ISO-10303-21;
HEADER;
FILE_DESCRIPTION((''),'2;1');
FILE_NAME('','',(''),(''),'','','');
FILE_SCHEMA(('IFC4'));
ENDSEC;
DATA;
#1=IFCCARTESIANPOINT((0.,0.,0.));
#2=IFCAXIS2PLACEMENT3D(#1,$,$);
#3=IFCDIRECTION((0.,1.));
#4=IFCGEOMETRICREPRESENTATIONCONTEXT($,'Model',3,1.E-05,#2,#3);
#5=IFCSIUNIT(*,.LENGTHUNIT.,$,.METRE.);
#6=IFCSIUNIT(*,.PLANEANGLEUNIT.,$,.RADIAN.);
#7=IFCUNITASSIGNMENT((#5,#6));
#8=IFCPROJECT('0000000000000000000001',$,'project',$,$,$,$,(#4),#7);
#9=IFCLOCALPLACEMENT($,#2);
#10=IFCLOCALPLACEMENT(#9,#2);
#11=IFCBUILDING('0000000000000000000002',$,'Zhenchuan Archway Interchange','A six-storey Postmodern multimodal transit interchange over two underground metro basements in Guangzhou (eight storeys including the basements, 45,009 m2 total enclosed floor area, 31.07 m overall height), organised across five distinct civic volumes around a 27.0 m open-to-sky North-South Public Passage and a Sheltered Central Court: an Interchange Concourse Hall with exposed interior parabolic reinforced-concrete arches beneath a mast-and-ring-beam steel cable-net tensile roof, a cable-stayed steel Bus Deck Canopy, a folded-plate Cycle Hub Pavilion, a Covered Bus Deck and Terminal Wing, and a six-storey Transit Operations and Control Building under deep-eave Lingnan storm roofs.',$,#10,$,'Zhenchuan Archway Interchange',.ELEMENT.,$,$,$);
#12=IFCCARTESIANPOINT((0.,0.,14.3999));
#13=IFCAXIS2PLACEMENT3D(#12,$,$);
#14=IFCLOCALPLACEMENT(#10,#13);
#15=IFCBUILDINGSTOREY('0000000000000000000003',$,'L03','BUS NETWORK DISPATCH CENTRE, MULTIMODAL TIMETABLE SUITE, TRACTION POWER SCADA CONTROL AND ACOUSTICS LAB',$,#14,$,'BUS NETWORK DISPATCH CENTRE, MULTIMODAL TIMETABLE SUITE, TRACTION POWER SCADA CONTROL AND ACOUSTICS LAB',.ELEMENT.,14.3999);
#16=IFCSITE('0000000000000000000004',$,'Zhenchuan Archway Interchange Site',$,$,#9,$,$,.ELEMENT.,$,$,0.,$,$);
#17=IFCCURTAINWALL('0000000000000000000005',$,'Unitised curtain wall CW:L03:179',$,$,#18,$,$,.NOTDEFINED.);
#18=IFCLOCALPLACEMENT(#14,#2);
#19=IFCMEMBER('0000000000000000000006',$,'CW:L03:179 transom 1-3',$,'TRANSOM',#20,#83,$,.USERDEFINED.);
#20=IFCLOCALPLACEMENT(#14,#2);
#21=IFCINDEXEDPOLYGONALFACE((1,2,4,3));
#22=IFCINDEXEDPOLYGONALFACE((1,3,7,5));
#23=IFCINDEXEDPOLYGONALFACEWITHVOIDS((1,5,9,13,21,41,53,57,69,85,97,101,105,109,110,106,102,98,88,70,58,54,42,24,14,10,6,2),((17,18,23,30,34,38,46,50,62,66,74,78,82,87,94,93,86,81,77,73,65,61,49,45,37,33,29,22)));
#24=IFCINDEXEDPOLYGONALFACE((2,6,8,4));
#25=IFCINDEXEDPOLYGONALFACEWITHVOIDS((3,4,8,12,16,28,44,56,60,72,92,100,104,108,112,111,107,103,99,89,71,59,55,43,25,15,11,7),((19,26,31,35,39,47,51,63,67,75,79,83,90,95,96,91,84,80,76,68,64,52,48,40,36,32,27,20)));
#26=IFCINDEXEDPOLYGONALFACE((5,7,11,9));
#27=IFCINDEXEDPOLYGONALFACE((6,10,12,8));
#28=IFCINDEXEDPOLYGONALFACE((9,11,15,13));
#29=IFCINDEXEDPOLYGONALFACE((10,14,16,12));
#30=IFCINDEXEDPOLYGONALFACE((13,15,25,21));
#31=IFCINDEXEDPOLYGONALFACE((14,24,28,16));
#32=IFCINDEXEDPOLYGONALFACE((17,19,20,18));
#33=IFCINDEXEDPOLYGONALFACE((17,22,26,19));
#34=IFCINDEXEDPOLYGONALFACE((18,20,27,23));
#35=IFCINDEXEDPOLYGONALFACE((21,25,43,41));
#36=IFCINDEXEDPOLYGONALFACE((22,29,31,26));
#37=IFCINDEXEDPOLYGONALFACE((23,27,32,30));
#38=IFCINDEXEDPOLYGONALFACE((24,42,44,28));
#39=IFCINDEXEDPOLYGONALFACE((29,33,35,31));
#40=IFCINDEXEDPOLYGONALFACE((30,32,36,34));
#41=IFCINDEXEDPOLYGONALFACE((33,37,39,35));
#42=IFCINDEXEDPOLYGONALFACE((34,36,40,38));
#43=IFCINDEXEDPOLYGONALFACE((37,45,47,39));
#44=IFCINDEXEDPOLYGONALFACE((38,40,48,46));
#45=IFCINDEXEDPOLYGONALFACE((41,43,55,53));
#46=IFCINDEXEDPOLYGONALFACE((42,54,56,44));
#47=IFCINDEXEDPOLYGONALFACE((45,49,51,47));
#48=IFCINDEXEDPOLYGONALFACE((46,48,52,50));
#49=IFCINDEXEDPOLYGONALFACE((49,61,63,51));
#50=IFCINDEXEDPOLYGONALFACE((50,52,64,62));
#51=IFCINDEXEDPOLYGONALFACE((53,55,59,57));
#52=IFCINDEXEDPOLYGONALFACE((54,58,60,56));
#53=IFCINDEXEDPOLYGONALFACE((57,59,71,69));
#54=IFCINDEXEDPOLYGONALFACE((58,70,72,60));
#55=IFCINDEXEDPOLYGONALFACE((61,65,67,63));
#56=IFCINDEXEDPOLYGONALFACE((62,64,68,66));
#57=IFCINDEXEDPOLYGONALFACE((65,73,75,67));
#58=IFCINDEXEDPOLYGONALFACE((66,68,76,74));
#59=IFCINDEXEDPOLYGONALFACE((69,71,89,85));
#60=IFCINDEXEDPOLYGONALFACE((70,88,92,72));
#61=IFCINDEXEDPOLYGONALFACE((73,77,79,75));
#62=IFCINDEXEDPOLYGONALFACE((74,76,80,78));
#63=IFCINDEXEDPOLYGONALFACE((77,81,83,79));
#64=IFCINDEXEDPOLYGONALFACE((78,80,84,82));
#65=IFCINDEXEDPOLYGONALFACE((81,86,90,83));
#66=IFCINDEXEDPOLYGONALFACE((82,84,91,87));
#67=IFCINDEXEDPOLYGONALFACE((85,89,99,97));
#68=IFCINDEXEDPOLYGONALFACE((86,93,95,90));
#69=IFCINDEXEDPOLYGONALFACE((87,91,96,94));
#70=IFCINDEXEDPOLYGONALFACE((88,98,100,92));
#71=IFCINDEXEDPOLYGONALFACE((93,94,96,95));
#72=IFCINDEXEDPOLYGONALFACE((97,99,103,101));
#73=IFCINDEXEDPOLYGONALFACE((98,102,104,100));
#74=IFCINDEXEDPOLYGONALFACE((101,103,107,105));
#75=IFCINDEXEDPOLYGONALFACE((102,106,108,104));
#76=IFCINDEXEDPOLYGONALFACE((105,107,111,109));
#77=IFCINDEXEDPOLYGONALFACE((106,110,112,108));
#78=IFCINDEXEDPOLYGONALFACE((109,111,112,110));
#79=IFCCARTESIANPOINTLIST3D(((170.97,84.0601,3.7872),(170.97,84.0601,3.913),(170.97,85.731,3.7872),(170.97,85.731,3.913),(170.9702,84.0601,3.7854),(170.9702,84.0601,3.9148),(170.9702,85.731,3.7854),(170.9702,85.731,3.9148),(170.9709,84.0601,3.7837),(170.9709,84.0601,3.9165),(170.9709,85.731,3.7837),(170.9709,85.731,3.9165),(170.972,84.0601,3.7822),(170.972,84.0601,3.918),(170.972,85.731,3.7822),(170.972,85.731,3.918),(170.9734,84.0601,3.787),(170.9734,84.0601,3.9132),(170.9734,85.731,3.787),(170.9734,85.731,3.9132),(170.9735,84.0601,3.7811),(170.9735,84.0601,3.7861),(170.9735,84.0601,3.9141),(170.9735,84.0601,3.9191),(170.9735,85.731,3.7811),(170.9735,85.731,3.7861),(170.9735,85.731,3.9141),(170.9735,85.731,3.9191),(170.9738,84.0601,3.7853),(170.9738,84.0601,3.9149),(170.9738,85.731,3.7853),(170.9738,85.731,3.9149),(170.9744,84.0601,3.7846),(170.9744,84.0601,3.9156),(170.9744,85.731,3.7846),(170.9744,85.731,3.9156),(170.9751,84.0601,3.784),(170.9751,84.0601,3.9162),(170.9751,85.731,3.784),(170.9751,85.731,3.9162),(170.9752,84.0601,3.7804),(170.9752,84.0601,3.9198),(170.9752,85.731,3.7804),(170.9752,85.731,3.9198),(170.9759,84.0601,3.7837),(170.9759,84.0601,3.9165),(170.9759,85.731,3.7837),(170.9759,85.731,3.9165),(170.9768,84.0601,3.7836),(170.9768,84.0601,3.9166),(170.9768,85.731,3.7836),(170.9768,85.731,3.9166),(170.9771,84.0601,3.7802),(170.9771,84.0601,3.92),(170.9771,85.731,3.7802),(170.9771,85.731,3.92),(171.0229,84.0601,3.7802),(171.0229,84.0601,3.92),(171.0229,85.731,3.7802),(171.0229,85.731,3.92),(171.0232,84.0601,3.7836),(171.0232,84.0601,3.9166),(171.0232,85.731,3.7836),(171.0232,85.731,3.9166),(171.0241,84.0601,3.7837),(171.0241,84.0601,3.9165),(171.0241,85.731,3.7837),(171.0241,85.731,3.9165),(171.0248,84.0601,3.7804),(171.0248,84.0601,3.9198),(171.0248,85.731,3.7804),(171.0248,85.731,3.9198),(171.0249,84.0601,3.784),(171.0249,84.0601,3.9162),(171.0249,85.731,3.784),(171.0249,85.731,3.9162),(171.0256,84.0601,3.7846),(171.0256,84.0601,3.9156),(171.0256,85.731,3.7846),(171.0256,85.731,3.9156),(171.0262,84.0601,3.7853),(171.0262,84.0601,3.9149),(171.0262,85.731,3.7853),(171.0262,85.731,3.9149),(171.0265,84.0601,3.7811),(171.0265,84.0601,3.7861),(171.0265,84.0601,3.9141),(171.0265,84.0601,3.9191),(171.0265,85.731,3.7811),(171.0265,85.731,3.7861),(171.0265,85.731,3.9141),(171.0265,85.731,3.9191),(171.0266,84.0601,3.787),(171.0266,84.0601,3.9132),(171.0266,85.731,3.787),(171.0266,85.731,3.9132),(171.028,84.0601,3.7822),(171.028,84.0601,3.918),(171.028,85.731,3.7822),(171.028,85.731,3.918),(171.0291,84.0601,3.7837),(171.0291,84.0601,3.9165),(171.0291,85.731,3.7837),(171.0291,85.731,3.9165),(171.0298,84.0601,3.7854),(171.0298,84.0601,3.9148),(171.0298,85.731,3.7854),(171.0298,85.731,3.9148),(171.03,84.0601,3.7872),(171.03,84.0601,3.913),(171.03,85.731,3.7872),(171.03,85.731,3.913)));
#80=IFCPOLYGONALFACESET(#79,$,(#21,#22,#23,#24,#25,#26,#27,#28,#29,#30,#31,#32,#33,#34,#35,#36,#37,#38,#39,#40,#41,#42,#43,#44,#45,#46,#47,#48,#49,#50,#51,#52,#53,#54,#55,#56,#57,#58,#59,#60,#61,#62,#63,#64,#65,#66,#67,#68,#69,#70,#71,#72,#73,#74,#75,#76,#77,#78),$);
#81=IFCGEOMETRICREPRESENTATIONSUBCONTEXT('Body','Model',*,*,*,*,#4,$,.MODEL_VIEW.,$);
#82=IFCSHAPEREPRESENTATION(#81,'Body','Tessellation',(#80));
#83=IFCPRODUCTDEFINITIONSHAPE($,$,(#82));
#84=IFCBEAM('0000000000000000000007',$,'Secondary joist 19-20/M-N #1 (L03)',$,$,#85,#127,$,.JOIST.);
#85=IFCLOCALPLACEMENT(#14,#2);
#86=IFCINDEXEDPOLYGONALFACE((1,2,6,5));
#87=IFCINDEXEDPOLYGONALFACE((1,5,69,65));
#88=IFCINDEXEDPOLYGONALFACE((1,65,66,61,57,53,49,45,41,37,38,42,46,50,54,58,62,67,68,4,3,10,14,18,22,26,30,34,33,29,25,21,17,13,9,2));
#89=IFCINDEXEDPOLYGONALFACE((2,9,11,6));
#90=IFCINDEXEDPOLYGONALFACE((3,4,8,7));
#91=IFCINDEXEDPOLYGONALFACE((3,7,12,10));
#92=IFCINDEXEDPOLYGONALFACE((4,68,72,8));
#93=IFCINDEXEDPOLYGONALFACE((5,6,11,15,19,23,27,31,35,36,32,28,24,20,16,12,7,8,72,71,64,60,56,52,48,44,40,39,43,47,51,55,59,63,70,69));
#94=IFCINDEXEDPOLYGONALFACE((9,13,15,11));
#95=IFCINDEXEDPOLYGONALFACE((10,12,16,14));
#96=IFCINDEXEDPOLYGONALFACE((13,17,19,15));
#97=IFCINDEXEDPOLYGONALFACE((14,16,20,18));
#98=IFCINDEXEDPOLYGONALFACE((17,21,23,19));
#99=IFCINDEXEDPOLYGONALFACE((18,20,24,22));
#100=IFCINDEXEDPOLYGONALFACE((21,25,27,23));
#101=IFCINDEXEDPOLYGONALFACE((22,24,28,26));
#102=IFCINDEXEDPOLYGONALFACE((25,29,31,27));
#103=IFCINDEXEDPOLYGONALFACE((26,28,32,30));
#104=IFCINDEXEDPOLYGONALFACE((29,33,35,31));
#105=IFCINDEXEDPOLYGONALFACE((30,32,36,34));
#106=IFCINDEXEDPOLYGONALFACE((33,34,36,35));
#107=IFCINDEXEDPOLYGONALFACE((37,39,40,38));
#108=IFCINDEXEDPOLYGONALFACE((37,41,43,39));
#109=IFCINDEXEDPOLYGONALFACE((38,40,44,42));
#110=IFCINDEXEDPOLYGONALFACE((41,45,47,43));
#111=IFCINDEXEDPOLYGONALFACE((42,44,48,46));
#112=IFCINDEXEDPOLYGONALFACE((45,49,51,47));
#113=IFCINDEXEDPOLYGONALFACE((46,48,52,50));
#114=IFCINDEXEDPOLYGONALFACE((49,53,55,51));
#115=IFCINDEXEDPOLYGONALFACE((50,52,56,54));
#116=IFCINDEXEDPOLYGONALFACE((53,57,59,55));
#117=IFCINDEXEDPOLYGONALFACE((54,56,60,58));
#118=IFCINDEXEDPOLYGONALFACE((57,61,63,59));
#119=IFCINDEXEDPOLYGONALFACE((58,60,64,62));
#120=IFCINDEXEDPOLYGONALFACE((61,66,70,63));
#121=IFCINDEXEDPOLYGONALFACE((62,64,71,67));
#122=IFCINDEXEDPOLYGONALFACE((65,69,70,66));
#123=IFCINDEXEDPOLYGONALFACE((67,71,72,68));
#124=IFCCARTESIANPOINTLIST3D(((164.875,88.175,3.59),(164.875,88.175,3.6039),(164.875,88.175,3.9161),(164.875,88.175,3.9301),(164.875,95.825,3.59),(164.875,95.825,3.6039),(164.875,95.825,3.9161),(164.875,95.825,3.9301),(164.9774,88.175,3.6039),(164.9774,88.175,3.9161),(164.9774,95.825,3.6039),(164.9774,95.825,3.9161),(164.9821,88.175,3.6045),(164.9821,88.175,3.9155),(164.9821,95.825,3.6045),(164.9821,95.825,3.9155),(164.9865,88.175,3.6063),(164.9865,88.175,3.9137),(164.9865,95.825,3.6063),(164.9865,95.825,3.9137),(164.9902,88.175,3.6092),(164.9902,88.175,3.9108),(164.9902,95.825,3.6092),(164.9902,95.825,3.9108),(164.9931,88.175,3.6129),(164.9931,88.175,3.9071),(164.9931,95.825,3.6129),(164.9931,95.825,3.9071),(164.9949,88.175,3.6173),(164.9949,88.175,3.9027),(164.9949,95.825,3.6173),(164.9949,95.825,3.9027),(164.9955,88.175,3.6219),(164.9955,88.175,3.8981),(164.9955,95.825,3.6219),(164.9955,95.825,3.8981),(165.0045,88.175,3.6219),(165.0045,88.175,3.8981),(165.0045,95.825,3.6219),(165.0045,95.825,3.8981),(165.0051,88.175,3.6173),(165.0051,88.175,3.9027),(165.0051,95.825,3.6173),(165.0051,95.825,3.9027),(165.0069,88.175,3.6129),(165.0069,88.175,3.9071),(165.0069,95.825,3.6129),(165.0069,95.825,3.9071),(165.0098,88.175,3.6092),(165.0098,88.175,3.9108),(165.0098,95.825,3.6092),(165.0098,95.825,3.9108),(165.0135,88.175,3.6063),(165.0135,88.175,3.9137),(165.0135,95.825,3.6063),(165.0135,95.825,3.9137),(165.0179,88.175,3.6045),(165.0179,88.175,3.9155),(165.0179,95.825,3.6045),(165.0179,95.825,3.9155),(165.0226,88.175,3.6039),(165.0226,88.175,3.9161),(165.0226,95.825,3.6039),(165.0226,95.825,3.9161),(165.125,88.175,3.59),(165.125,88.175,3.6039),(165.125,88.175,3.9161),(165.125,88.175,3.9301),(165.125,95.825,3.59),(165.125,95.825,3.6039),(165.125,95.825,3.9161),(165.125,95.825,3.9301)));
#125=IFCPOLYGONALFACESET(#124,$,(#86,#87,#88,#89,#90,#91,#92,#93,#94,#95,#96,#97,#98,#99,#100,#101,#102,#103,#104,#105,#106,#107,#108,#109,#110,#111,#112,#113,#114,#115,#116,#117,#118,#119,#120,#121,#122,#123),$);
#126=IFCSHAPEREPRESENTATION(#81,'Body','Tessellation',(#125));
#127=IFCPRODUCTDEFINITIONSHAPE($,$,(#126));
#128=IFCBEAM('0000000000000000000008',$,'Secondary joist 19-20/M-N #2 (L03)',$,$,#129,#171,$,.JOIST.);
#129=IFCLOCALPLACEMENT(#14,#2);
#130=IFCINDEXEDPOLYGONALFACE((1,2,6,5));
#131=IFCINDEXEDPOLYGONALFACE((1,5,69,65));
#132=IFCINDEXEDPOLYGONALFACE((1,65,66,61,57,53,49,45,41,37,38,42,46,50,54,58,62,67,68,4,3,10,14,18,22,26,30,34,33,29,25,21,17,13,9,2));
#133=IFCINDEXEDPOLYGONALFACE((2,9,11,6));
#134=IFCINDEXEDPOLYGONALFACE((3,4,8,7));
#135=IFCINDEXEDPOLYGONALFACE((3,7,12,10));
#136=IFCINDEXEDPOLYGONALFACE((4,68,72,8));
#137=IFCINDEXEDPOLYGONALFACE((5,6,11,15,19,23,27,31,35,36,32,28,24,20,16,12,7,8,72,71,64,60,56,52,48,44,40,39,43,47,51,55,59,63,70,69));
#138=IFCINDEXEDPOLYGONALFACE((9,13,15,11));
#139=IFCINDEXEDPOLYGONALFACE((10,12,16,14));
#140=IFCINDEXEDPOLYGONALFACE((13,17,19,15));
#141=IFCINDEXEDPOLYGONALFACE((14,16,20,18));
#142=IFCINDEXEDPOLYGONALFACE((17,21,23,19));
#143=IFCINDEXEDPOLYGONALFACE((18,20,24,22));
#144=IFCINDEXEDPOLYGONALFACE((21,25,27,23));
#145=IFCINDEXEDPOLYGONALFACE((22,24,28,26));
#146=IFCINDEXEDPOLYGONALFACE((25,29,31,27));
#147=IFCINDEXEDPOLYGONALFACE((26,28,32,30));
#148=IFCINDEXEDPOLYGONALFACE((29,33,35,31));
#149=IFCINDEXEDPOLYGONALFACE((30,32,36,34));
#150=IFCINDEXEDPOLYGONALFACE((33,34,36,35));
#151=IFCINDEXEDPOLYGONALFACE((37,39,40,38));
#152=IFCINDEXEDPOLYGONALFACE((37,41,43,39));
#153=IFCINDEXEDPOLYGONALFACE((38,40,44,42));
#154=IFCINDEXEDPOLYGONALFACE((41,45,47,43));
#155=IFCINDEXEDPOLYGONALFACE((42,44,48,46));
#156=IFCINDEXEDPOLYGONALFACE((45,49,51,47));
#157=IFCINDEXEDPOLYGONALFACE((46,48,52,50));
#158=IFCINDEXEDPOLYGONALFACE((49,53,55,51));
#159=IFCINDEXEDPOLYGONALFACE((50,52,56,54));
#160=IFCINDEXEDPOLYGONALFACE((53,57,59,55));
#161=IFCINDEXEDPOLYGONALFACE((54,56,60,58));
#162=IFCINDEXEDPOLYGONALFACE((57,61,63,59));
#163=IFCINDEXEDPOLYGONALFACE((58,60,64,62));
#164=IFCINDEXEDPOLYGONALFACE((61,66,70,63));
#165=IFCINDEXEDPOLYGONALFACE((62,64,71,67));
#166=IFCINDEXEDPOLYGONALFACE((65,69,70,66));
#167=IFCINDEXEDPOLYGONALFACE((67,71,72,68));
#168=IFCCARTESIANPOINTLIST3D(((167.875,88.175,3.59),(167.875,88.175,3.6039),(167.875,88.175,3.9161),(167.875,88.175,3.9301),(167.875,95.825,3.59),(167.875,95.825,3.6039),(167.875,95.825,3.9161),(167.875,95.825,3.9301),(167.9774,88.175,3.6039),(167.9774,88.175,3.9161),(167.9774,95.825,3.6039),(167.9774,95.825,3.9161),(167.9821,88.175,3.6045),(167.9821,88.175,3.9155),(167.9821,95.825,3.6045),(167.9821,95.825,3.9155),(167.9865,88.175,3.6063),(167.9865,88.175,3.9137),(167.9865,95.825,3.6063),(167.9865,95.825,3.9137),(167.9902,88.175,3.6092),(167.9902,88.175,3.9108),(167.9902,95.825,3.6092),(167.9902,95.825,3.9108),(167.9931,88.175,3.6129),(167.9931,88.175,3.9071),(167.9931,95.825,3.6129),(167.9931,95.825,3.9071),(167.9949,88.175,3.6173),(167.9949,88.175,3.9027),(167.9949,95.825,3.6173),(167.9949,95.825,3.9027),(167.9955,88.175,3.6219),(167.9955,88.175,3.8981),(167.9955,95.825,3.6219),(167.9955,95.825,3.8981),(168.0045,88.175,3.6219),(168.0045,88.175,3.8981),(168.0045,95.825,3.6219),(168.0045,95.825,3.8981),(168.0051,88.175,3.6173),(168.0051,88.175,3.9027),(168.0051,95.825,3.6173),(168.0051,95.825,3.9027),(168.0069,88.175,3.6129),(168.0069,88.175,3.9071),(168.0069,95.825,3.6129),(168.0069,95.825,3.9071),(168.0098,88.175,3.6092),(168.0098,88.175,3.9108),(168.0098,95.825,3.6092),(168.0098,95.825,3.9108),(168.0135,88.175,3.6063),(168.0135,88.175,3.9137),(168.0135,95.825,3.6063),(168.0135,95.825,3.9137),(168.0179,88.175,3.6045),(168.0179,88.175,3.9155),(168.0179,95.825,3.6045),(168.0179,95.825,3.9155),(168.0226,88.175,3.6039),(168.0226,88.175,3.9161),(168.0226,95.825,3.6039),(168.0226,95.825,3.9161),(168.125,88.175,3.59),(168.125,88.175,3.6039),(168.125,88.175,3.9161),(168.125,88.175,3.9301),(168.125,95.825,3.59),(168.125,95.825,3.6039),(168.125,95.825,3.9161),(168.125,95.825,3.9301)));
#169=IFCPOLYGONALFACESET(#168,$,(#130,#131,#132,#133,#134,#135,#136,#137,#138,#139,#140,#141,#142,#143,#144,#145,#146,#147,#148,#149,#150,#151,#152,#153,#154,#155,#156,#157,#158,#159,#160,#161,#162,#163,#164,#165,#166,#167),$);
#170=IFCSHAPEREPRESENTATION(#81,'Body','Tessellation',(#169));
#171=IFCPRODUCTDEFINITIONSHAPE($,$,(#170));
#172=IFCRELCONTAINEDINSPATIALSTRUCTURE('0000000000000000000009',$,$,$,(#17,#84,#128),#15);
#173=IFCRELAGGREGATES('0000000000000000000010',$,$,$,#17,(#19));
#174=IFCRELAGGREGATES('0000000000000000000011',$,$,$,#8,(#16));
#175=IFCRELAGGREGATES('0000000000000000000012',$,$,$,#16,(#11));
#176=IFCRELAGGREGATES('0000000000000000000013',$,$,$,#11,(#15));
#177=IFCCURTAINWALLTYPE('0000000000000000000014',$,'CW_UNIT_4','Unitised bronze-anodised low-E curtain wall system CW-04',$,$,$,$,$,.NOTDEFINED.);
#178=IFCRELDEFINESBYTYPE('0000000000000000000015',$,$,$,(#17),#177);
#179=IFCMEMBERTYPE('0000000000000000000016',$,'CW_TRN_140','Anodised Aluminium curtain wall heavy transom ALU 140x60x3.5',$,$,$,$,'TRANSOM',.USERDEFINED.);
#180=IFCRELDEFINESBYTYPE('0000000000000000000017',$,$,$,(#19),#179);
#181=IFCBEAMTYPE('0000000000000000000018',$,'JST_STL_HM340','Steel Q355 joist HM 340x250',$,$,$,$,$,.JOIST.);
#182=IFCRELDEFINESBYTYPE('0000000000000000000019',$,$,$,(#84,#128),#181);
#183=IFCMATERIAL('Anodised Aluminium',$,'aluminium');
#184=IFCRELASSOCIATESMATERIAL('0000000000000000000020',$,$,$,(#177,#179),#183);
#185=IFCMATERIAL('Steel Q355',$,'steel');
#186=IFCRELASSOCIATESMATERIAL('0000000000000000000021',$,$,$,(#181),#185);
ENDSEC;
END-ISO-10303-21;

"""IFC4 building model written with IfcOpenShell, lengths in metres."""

from ifc_helpers import new_model, si_unit, direction, frame, origin, origin_2d, place, context, subcontext, project, spatial, hollow_rectangle, i_section, extrude, material, material_profile, profile_set, type_object, element, aggregate, save


model = new_model("IFC4")

# Units and contexts
model_context = context("Model", 3, precision=1e-05, world=origin(), true_north=direction((0.0, 1.0)))
body_context = subcontext(model_context, "Body", "Model", "MODEL_VIEW")
ifc_project = project(units=[si_unit("LENGTHUNIT", "METRE"), si_unit("PLANEANGLEUNIT", "RADIAN")], contexts=[model_context])

# Site, building, storey
site_placement = place(None, origin())
site = spatial("IfcSite", under=ifc_project, at=site_placement, Name="Zhenchuan Archway Interchange Site", CompositionType="ELEMENT", RefElevation=0.0)
building_placement = place(site_placement, origin())
building = spatial("IfcBuilding", under=site, at=building_placement, Name="Zhenchuan Archway Interchange", Description="A six-storey Postmodern multimodal transit interchange over two underground metro basements in Guangzhou (eight storeys including the basements, 45,009 m2 total enclosed floor area, 31.07 m overall height), organised across five distinct civic volumes around a 27.0 m open-to-sky North-South Public Passage and a Sheltered Central Court: an Interchange Concourse Hall with exposed interior parabolic reinforced-concrete arches beneath a mast-and-ring-beam steel cable-net tensile roof, a cable-stayed steel Bus Deck Canopy, a folded-plate Cycle Hub Pavilion, a Covered Bus Deck and Terminal Wing, and a six-storey Transit Operations and Control Building under deep-eave Lingnan storm roofs.", LongName="Zhenchuan Archway Interchange", CompositionType="ELEMENT")
storey_placement = place(building_placement, frame((0.0, 0.0, 14.3999)))
storey = spatial("IfcBuildingStorey", under=building, at=storey_placement, Name="L03", Description="BUS NETWORK DISPATCH CENTRE, MULTIMODAL TIMETABLE SUITE, TRACTION POWER SCADA CONTROL AND ACOUSTICS LAB", LongName="BUS NETWORK DISPATCH CENTRE, MULTIMODAL TIMETABLE SUITE, TRACTION POWER SCADA CONTROL AND ACOUSTICS LAB", CompositionType="ELEMENT", Elevation=14.3999)

# Shared definitions
ifc_material_1 = material(Name="Anodised Aluminium", Category="aluminium")

# Curtain wall
curtain_wall_type_1 = type_object("IfcCurtainWallType", Name="CW_UNIT_4", Description="Unitised bronze-anodised low-E curtain wall system CW-04", PredefinedType="NOTDEFINED", material=ifc_material_1)
curtain_wall_1_placement = place(storey_placement, origin())
curtain_wall_1 = element("IfcCurtainWall", 1, at=curtain_wall_1_placement, inside=storey, type_object=curtain_wall_type_1, Name="Unitised curtain wall CW:L03:179", PredefinedType="NOTDEFINED")

# Member
ifc_material_profile_1 = material_profile(ifc_material_1, hollow_rectangle(XDim=0.0601, YDim=0.1399, WallThickness=0.0034, InnerFilletRadius=0.0034, OuterFilletRadius=0.0071, at=origin_2d()), Name="ALU 140x60x3.5")
ifc_profile_set_1 = profile_set([ifc_material_profile_1], Name="Anodised Aluminium")
member_type_1 = type_object("IfcMemberType", Name="CW_TRN_140", Description="Anodised Aluminium curtain wall heavy transom ALU 140x60x3.5", ElementType="TRANSOM", PredefinedType="USERDEFINED", material=ifc_profile_set_1)
member_1_placement = place(storey_placement, frame((171.0, 85.731, 3.8501), z_axis=(0.0, -1.0, 0.0), x_axis=(1.0, 0.0, 0.0)))
member_1 = element("IfcMember", 2, at=member_1_placement, type_object=member_type_1, Name="CW:L03:179 transom 1-3", ObjectType="TRANSOM", PredefinedType="USERDEFINED", context=body_context, shape_type="SweptSolid", body=[
    extrude(hollow_rectangle(XDim=0.0601, YDim=0.1399, WallThickness=0.0034, InnerFilletRadius=0.0034, OuterFilletRadius=0.0071, at=origin_2d()), origin(), (0.0, 0.0, 1.0), 1.6709),
])

# Beams
ifc_material_2 = material(Name="Steel Q355", Category="steel")
ifc_material_profile_2 = material_profile(ifc_material_2, i_section(OverallWidth=0.25, OverallDepth=0.3401, WebThickness=0.009, FlangeThickness=0.0139, FilletRadius=0.0181, at=origin_2d()), Name="HM 340x250")
ifc_profile_set_2 = profile_set([ifc_material_profile_2], Name="Steel Q355")
beam_type_1 = type_object("IfcBeamType", Name="JST_STL_HM340", Description="Steel Q355 joist HM 340x250", PredefinedType="JOIST", material=ifc_profile_set_2)
for number, where, z_axis, x_axis, name in (
    (3, (165.0, 88.175, 3.76), (0.0, 1.0, 0.0), (-1.0, 0.0, 0.0), "Secondary joist 19-20/M-N #1 (L03)"),
    (4, (168.0, 88.175, 3.76), (0.0, 1.0, 0.0), (-1.0, 0.0, 0.0), "Secondary joist 19-20/M-N #2 (L03)"),
):
    element("IfcBeam", number, at=place(storey_placement, frame(where, z_axis=z_axis, x_axis=x_axis)), inside=storey, type_object=beam_type_1, Name=name, PredefinedType="JOIST", context=body_context, shape_type="SweptSolid", body=[
        extrude(i_section(OverallWidth=0.25, OverallDepth=0.3401, WebThickness=0.009, FlangeThickness=0.0139, FilletRadius=0.0181, at=origin_2d()), origin(), (0.0, 0.0, 1.0), 7.6499),
    ])

aggregate(curtain_wall_1, [member_1])

save(model, "model.ifc")
